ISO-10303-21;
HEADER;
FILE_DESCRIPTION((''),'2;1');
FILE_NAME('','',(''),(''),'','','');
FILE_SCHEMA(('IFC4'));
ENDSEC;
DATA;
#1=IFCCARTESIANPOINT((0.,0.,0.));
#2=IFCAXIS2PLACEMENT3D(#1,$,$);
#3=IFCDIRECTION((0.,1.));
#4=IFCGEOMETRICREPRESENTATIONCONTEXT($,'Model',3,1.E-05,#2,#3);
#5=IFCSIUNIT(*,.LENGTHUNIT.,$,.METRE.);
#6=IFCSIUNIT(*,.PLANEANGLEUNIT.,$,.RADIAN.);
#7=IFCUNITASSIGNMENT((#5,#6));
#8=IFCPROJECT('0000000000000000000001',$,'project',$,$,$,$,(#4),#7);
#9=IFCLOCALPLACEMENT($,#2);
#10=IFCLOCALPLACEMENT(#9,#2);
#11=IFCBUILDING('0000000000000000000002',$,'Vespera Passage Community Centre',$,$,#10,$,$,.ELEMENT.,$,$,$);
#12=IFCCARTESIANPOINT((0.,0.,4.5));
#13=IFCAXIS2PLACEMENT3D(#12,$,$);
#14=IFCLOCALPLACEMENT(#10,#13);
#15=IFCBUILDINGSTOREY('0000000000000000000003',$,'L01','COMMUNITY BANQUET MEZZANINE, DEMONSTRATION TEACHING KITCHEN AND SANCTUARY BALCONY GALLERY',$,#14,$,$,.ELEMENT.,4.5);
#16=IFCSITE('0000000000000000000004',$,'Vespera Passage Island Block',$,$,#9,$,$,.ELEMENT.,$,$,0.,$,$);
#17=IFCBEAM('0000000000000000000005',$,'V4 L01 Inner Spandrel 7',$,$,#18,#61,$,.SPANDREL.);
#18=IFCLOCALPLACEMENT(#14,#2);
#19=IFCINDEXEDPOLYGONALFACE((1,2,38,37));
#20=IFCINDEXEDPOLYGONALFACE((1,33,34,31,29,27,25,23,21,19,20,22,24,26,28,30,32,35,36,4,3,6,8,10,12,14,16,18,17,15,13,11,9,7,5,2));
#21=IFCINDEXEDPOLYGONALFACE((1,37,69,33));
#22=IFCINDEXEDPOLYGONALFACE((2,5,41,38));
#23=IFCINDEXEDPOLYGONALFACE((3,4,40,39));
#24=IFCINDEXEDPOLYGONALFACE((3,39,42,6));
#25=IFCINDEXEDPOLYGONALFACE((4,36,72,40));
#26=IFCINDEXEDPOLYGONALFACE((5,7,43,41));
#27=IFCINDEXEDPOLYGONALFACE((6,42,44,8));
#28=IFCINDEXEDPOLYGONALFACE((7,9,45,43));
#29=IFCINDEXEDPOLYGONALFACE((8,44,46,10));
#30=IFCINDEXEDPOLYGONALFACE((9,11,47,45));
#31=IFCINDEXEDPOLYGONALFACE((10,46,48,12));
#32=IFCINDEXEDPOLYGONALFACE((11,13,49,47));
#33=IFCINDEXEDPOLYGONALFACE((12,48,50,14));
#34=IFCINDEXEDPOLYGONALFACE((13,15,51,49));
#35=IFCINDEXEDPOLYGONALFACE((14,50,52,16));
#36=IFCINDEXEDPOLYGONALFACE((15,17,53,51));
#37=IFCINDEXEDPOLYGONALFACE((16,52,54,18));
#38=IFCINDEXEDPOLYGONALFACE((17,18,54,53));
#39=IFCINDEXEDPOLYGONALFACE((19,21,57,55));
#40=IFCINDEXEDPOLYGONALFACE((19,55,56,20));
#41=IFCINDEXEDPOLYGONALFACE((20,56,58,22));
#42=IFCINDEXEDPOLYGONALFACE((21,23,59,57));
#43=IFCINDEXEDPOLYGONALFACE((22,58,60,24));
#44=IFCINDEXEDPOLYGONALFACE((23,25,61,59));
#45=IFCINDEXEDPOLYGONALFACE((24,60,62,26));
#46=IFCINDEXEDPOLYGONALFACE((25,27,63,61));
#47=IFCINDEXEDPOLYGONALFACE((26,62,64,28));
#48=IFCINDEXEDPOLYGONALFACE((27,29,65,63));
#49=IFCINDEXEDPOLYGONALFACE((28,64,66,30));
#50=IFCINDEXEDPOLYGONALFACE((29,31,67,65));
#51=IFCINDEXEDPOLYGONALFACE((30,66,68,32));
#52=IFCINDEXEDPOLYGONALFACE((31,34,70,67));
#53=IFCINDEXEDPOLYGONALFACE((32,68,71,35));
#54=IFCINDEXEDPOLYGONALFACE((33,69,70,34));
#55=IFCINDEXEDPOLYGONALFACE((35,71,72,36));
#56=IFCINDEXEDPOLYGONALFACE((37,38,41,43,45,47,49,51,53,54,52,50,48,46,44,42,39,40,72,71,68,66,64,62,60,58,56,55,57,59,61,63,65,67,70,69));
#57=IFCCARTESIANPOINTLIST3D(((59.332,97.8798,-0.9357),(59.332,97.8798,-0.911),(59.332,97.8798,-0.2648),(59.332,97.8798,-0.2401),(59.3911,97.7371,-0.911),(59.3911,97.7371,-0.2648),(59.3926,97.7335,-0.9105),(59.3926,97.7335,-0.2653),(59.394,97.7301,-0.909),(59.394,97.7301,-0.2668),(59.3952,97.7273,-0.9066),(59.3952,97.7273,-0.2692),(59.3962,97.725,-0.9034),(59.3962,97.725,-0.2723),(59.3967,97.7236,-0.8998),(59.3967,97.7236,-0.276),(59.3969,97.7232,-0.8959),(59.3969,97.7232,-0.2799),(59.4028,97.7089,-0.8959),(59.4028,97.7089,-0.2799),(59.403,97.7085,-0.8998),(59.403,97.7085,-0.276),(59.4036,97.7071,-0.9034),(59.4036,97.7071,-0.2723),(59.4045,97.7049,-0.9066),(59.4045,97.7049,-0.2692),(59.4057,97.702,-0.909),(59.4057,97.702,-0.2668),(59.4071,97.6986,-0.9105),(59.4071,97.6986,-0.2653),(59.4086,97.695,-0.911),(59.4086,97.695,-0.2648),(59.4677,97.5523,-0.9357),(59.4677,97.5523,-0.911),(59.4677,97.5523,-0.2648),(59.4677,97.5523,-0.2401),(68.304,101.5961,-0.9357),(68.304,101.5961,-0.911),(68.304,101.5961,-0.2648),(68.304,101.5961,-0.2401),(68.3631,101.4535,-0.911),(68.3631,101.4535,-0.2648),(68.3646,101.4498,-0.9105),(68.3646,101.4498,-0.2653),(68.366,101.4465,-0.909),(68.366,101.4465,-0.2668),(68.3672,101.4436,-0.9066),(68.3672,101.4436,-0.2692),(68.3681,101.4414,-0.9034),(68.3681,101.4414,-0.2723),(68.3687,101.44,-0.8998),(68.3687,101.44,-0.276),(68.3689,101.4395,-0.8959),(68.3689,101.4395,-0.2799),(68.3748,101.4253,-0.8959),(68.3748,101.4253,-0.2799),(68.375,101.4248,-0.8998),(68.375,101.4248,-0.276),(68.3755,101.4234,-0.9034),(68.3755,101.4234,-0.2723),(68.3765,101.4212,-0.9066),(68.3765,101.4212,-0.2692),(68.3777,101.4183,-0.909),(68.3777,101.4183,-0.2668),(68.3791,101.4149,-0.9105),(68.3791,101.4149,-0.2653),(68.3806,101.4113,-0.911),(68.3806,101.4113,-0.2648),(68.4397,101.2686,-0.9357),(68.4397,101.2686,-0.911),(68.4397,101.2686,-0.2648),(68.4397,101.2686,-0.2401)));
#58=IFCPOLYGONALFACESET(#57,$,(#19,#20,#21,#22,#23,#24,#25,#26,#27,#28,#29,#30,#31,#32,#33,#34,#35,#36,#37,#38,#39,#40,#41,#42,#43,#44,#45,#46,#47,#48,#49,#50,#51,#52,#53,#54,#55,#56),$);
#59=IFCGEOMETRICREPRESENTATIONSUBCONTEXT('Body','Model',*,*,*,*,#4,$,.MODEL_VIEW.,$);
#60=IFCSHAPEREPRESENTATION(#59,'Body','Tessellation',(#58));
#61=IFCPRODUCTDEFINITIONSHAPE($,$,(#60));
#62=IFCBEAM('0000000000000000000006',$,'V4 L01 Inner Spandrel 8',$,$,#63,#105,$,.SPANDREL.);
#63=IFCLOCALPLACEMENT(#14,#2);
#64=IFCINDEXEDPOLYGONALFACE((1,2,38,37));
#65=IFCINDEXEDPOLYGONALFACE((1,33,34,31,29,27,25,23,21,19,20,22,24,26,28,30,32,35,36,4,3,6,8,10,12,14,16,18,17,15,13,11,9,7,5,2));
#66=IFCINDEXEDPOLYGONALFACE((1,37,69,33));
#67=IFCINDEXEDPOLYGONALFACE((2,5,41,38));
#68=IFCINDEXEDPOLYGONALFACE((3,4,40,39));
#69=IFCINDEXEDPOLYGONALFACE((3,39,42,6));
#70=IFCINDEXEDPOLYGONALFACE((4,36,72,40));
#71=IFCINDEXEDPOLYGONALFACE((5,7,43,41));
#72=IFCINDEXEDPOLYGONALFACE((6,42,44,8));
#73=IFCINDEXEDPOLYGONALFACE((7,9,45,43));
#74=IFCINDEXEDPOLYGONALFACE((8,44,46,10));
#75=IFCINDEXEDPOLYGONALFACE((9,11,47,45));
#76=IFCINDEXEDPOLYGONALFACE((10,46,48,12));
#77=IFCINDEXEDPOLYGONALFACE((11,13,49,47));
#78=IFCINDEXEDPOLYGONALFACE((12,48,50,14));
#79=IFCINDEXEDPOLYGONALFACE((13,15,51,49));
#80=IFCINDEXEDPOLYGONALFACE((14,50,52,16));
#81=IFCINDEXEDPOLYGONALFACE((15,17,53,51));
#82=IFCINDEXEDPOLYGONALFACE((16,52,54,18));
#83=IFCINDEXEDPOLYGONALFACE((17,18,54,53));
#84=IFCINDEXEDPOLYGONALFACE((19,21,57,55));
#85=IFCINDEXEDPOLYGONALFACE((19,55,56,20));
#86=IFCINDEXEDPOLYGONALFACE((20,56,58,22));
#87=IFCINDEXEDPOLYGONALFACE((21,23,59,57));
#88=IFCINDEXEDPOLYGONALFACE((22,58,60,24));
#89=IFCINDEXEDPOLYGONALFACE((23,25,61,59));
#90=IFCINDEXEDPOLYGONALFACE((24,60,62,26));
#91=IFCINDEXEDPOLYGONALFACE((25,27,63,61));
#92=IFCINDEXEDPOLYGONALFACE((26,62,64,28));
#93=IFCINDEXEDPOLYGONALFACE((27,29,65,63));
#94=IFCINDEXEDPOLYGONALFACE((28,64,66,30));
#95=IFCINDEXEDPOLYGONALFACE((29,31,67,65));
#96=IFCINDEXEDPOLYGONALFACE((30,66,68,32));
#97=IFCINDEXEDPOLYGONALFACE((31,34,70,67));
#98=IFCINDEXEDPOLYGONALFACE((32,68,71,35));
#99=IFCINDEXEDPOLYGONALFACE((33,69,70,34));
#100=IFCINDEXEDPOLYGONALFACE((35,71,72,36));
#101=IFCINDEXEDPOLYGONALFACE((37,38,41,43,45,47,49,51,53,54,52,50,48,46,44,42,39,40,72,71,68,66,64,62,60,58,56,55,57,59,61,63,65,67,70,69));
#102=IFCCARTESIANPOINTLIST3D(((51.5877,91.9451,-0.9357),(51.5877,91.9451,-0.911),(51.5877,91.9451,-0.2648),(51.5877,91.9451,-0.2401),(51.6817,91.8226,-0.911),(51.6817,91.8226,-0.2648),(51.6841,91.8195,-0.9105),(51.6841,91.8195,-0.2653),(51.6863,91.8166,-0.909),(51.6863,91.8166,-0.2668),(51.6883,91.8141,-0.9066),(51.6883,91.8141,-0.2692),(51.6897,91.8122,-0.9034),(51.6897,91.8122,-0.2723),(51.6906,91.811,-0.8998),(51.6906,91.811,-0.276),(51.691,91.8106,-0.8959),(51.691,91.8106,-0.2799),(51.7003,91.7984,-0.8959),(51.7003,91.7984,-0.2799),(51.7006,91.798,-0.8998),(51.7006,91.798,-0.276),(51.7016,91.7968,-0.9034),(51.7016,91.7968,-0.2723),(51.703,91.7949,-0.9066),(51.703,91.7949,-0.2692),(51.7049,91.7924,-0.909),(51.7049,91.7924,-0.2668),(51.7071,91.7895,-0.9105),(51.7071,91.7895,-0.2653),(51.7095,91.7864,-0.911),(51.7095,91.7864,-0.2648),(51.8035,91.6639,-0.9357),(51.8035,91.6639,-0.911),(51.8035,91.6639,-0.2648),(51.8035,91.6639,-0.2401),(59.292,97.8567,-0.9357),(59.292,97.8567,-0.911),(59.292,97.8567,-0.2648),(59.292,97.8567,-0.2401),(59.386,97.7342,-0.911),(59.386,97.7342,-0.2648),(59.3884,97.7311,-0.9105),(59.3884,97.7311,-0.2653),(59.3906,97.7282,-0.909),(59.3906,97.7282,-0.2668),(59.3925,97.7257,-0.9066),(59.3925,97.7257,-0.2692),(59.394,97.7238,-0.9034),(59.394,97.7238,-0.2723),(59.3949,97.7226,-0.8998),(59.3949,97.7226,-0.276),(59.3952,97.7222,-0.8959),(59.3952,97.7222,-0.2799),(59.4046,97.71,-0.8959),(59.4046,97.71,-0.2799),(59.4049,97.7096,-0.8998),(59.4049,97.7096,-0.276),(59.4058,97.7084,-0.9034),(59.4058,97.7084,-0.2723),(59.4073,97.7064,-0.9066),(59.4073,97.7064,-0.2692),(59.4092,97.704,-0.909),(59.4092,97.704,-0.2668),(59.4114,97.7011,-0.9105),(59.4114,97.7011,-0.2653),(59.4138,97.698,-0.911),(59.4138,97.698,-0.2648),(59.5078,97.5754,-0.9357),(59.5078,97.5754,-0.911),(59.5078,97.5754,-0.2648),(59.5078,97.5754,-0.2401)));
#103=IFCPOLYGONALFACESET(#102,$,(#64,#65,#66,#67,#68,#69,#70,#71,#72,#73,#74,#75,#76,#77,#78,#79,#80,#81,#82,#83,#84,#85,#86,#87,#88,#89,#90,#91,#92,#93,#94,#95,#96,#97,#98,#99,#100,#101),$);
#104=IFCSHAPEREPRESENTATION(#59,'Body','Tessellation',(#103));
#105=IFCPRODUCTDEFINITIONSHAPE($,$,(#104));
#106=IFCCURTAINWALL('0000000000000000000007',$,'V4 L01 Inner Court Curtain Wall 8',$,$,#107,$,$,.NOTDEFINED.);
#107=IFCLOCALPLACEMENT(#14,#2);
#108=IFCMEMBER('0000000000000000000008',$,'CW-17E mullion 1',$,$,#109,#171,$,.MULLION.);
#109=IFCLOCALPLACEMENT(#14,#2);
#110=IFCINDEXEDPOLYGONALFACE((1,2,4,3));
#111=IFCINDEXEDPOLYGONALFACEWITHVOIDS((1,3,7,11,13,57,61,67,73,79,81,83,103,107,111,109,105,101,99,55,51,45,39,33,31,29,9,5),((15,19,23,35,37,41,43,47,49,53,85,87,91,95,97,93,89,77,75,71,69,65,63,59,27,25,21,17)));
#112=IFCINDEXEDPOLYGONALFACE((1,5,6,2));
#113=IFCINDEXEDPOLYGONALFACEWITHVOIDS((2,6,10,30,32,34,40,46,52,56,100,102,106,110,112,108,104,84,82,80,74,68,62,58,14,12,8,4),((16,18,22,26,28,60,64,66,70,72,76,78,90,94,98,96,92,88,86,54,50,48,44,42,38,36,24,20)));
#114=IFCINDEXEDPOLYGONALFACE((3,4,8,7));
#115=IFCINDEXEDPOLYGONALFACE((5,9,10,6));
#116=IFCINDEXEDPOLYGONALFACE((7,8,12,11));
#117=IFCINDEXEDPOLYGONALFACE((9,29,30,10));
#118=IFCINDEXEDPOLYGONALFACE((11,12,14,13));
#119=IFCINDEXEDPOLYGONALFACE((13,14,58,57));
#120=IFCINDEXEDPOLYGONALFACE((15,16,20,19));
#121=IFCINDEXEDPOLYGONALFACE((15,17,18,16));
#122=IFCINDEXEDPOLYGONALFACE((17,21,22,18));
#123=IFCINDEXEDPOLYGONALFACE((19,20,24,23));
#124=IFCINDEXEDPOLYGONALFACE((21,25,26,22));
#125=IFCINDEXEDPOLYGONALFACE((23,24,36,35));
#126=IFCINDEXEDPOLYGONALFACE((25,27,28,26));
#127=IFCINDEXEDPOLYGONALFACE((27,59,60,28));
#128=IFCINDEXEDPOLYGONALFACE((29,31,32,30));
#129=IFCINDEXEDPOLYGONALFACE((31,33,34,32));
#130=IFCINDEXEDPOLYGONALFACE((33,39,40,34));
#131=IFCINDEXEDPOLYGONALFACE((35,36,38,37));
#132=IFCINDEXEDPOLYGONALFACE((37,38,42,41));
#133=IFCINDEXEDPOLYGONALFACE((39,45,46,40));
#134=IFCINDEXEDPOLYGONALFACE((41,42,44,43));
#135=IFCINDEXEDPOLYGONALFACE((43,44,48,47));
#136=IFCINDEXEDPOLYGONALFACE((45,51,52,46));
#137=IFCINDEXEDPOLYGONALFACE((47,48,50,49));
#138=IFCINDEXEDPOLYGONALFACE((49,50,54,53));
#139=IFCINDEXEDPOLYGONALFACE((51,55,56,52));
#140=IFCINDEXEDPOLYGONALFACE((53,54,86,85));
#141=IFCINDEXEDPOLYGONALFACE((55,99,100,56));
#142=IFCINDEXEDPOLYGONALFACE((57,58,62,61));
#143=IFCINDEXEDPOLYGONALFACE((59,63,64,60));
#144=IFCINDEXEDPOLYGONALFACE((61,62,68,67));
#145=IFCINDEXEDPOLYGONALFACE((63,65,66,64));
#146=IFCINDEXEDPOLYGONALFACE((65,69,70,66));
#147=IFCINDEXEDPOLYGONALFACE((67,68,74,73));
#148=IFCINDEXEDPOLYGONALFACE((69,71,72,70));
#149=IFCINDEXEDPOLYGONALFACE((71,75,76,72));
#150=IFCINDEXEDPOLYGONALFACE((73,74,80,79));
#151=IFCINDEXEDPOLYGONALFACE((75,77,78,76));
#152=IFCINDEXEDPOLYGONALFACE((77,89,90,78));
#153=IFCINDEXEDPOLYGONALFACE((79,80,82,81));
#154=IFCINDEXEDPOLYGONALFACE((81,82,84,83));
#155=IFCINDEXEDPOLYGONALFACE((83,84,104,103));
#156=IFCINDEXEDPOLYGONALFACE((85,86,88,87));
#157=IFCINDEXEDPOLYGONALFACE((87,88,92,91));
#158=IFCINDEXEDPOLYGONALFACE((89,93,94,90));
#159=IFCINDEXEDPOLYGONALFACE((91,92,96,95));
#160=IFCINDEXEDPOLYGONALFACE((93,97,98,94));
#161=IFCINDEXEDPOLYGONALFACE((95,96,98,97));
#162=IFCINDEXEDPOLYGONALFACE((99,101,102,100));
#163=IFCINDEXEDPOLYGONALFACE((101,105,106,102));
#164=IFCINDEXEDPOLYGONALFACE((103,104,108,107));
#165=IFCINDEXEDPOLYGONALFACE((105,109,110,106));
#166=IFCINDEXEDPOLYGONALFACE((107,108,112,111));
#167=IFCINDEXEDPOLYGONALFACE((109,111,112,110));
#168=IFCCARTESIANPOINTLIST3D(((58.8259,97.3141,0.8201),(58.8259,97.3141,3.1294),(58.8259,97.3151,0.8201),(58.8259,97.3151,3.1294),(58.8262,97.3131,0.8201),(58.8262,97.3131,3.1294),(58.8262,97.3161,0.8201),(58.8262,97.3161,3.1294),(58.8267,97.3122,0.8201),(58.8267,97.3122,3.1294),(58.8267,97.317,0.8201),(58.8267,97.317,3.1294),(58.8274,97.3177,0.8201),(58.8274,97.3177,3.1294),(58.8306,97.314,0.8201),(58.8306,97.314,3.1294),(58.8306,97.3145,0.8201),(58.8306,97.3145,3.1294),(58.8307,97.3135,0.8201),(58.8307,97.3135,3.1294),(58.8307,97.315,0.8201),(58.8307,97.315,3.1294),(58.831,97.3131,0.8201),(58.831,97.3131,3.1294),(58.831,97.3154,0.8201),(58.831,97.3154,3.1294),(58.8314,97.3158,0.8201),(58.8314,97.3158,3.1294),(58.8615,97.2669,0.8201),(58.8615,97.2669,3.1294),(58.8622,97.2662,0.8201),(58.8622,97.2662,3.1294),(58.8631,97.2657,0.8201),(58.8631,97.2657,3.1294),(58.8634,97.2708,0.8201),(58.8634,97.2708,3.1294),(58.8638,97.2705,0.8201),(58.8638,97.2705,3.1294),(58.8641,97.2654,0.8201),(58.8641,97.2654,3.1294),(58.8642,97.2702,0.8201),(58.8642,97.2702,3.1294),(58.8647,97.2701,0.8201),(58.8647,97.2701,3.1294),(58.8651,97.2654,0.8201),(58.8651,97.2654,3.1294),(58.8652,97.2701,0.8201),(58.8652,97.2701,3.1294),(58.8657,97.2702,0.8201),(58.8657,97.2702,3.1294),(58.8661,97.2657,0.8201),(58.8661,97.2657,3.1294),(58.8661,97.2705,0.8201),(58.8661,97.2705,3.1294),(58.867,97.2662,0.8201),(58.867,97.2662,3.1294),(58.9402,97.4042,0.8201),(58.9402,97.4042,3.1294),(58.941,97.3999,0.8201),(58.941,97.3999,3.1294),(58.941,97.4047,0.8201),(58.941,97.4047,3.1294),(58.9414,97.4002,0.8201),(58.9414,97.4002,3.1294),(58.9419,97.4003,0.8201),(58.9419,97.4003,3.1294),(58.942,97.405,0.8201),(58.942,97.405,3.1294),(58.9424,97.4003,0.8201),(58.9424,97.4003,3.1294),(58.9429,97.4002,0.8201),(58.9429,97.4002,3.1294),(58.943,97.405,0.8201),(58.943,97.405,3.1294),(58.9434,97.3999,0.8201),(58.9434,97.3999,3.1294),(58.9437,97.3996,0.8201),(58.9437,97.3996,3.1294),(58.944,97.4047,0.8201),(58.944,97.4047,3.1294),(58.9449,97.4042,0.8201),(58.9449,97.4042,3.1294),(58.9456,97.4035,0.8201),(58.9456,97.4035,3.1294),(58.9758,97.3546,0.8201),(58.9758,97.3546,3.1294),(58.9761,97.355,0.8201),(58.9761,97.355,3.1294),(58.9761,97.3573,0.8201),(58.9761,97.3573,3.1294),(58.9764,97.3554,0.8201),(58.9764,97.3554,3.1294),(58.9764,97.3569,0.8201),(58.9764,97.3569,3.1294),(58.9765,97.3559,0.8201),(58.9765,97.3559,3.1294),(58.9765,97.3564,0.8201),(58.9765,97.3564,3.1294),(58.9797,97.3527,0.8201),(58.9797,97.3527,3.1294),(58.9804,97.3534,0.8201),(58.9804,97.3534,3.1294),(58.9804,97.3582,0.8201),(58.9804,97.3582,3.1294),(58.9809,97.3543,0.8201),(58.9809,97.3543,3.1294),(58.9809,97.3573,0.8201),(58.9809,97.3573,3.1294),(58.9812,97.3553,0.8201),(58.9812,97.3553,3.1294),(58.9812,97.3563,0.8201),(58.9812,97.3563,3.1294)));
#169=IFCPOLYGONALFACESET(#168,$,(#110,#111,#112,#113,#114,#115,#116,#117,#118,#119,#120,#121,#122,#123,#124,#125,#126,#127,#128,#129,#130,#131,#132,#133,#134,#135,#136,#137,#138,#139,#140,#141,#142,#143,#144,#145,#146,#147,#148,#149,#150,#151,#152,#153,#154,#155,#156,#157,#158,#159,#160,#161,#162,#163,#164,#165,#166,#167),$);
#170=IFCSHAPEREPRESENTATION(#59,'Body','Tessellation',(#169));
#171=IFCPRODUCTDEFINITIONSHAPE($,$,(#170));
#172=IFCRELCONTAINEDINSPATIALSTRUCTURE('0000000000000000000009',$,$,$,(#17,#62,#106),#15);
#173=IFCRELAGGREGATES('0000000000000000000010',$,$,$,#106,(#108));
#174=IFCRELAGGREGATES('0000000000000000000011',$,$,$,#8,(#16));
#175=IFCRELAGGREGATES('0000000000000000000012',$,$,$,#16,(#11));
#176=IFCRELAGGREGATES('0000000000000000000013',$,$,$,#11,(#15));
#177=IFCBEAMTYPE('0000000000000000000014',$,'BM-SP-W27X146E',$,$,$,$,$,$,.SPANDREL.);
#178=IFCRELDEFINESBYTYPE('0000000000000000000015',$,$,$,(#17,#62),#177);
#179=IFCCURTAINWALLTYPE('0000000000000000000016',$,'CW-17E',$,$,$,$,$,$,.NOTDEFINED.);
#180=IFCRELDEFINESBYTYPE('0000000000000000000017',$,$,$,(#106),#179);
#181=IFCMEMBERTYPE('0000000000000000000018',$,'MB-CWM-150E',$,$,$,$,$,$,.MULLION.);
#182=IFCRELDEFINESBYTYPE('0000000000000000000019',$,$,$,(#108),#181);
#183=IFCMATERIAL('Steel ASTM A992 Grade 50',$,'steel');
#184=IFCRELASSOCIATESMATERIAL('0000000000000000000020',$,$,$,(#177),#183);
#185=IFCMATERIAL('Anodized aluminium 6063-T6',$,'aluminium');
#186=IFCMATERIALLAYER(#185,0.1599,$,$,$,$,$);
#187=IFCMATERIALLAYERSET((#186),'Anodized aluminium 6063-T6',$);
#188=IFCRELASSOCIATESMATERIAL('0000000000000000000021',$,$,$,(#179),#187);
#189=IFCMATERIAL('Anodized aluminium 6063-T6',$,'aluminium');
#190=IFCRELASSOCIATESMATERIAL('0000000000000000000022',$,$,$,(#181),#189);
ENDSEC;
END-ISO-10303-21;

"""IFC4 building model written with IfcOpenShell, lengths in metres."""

from ifc_helpers import new_model, si_unit, direction, frame, origin, origin_2d, place, context, subcontext, project, spatial, hollow_rectangle, i_section, extrude, material, layer, layer_set, material_profile, profile_set, type_object, element, aggregate, save


model = new_model("IFC4")

# Units and contexts
model_context = context("Model", 3, precision=1e-05, world=origin(), true_north=direction((0.0, 1.0)))
body_context = subcontext(model_context, "Body", "Model", "MODEL_VIEW")
ifc_project = project(units=[si_unit("LENGTHUNIT", "METRE"), si_unit("PLANEANGLEUNIT", "RADIAN")], contexts=[model_context])

# Site, building, storey
site_placement = place(None, origin())
site = spatial("IfcSite", under=ifc_project, at=site_placement, Name="Vespera Passage Island Block", CompositionType="ELEMENT", RefElevation=0.0)
building_placement = place(site_placement, origin())
building = spatial("IfcBuilding", under=site, at=building_placement, Name="Vespera Passage Community Centre", CompositionType="ELEMENT")
storey_placement = place(building_placement, frame((0.0, 0.0, 4.5)))
storey = spatial("IfcBuildingStorey", under=building, at=storey_placement, Name="L01", Description="COMMUNITY BANQUET MEZZANINE, DEMONSTRATION TEACHING KITCHEN AND SANCTUARY BALCONY GALLERY", CompositionType="ELEMENT", Elevation=4.5)

# Beams
ifc_material_1 = material(Name="Steel ASTM A992 Grade 50", Category="steel")
ifc_material_profile_1 = material_profile(ifc_material_1, i_section(OverallWidth=0.3545, OverallDepth=0.6956, WebThickness=0.0154, FlangeThickness=0.0247, FilletRadius=0.0151, at=origin_2d()), Name="W27X146")
ifc_profile_set_1 = profile_set([ifc_material_profile_1], Name="Steel ASTM A992 Grade 50")
beam_type_1 = type_object("IfcBeamType", Name="BM-SP-W27X146E", PredefinedType="SPANDREL", material=ifc_profile_set_1)
beam_1_placement = place(storey_placement, frame((68.3718, 101.4324, -0.5879), z_axis=(-0.923879, -0.382685, 0.0), x_axis=(0.382685, -0.923879, 0.0)))
element("IfcBeam", 1, at=beam_1_placement, inside=storey, type_object=beam_type_1, Name="V4 L01 Inner Spandrel 7", PredefinedType="SPANDREL", context=body_context, shape_type="SweptSolid", body=[
    extrude(i_section(OverallWidth=0.3545, OverallDepth=0.6956, WebThickness=0.0154, FlangeThickness=0.0247, FilletRadius=0.0151, at=origin_2d()), origin(), (0.0, 0.0, 1.0), 9.7112),
])
beam_2_placement = place(storey_placement, frame((59.3999, 97.7161, -0.5879), z_axis=(-0.79336, -0.608753, 0.0), x_axis=(0.608753, -0.79336, 0.0)))
element("IfcBeam", 2, at=beam_2_placement, inside=storey, type_object=beam_type_1, Name="V4 L01 Inner Spandrel 8", PredefinedType="SPANDREL", context=body_context, shape_type="SweptSolid", body=[
    extrude(i_section(OverallWidth=0.3545, OverallDepth=0.6956, WebThickness=0.0154, FlangeThickness=0.0247, FilletRadius=0.0151, at=origin_2d()), origin(), (0.0, 0.0, 1.0), 9.7109),
])

# Curtain wall, member
ifc_material_2 = material(Name="Anodized aluminium 6063-T6", Category="aluminium")
ifc_layer_1 = layer(ifc_material_2, 0.1599)
ifc_layer_set_1 = layer_set([ifc_layer_1], Name="Anodized aluminium 6063-T6")
curtain_wall_type = type_object("IfcCurtainWallType", Name="CW-17E", PredefinedType="NOTDEFINED", material=ifc_layer_set_1)
curtain_wall_placement = place(storey_placement, origin())
curtain_wall = element("IfcCurtainWall", 3, at=curtain_wall_placement, inside=storey, type_object=curtain_wall_type, Name="V4 L01 Inner Court Curtain Wall 8", PredefinedType="NOTDEFINED")
ifc_material_3 = material(Name="Anodized aluminium 6063-T6", Category="aluminium")
ifc_material_profile_2 = material_profile(ifc_material_3, hollow_rectangle(XDim=0.0649, YDim=0.1499, WallThickness=0.0039, InnerFilletRadius=0.002, OuterFilletRadius=0.0039, at=origin_2d()), Name="ALU150X65X4")
ifc_profile_set_2 = profile_set([ifc_material_profile_2], Name="Anodized aluminium 6063-T6")
member_type_1 = type_object("IfcMemberType", Name="MB-CWM-150E", PredefinedType="MULLION", material=ifc_profile_set_2)
member_1_placement = place(storey_placement, frame((58.9036, 97.3352, 0.8201), z_axis=(0.0, 0.0, 1.0), x_axis=(0.608755, -0.793358, 0.0)))
member_1 = element("IfcMember", 4, at=member_1_placement, type_object=member_type_1, Name="CW-17E mullion 1", PredefinedType="MULLION", context=body_context, shape_type="SweptSolid", body=[
    extrude(hollow_rectangle(XDim=0.0649, YDim=0.1499, WallThickness=0.0039, InnerFilletRadius=0.002, OuterFilletRadius=0.0039, at=origin_2d()), origin(), (0.0, 0.0, 1.0), 2.3093),
])
aggregate(curtain_wall, [member_1])

save(model, "model.ifc")
